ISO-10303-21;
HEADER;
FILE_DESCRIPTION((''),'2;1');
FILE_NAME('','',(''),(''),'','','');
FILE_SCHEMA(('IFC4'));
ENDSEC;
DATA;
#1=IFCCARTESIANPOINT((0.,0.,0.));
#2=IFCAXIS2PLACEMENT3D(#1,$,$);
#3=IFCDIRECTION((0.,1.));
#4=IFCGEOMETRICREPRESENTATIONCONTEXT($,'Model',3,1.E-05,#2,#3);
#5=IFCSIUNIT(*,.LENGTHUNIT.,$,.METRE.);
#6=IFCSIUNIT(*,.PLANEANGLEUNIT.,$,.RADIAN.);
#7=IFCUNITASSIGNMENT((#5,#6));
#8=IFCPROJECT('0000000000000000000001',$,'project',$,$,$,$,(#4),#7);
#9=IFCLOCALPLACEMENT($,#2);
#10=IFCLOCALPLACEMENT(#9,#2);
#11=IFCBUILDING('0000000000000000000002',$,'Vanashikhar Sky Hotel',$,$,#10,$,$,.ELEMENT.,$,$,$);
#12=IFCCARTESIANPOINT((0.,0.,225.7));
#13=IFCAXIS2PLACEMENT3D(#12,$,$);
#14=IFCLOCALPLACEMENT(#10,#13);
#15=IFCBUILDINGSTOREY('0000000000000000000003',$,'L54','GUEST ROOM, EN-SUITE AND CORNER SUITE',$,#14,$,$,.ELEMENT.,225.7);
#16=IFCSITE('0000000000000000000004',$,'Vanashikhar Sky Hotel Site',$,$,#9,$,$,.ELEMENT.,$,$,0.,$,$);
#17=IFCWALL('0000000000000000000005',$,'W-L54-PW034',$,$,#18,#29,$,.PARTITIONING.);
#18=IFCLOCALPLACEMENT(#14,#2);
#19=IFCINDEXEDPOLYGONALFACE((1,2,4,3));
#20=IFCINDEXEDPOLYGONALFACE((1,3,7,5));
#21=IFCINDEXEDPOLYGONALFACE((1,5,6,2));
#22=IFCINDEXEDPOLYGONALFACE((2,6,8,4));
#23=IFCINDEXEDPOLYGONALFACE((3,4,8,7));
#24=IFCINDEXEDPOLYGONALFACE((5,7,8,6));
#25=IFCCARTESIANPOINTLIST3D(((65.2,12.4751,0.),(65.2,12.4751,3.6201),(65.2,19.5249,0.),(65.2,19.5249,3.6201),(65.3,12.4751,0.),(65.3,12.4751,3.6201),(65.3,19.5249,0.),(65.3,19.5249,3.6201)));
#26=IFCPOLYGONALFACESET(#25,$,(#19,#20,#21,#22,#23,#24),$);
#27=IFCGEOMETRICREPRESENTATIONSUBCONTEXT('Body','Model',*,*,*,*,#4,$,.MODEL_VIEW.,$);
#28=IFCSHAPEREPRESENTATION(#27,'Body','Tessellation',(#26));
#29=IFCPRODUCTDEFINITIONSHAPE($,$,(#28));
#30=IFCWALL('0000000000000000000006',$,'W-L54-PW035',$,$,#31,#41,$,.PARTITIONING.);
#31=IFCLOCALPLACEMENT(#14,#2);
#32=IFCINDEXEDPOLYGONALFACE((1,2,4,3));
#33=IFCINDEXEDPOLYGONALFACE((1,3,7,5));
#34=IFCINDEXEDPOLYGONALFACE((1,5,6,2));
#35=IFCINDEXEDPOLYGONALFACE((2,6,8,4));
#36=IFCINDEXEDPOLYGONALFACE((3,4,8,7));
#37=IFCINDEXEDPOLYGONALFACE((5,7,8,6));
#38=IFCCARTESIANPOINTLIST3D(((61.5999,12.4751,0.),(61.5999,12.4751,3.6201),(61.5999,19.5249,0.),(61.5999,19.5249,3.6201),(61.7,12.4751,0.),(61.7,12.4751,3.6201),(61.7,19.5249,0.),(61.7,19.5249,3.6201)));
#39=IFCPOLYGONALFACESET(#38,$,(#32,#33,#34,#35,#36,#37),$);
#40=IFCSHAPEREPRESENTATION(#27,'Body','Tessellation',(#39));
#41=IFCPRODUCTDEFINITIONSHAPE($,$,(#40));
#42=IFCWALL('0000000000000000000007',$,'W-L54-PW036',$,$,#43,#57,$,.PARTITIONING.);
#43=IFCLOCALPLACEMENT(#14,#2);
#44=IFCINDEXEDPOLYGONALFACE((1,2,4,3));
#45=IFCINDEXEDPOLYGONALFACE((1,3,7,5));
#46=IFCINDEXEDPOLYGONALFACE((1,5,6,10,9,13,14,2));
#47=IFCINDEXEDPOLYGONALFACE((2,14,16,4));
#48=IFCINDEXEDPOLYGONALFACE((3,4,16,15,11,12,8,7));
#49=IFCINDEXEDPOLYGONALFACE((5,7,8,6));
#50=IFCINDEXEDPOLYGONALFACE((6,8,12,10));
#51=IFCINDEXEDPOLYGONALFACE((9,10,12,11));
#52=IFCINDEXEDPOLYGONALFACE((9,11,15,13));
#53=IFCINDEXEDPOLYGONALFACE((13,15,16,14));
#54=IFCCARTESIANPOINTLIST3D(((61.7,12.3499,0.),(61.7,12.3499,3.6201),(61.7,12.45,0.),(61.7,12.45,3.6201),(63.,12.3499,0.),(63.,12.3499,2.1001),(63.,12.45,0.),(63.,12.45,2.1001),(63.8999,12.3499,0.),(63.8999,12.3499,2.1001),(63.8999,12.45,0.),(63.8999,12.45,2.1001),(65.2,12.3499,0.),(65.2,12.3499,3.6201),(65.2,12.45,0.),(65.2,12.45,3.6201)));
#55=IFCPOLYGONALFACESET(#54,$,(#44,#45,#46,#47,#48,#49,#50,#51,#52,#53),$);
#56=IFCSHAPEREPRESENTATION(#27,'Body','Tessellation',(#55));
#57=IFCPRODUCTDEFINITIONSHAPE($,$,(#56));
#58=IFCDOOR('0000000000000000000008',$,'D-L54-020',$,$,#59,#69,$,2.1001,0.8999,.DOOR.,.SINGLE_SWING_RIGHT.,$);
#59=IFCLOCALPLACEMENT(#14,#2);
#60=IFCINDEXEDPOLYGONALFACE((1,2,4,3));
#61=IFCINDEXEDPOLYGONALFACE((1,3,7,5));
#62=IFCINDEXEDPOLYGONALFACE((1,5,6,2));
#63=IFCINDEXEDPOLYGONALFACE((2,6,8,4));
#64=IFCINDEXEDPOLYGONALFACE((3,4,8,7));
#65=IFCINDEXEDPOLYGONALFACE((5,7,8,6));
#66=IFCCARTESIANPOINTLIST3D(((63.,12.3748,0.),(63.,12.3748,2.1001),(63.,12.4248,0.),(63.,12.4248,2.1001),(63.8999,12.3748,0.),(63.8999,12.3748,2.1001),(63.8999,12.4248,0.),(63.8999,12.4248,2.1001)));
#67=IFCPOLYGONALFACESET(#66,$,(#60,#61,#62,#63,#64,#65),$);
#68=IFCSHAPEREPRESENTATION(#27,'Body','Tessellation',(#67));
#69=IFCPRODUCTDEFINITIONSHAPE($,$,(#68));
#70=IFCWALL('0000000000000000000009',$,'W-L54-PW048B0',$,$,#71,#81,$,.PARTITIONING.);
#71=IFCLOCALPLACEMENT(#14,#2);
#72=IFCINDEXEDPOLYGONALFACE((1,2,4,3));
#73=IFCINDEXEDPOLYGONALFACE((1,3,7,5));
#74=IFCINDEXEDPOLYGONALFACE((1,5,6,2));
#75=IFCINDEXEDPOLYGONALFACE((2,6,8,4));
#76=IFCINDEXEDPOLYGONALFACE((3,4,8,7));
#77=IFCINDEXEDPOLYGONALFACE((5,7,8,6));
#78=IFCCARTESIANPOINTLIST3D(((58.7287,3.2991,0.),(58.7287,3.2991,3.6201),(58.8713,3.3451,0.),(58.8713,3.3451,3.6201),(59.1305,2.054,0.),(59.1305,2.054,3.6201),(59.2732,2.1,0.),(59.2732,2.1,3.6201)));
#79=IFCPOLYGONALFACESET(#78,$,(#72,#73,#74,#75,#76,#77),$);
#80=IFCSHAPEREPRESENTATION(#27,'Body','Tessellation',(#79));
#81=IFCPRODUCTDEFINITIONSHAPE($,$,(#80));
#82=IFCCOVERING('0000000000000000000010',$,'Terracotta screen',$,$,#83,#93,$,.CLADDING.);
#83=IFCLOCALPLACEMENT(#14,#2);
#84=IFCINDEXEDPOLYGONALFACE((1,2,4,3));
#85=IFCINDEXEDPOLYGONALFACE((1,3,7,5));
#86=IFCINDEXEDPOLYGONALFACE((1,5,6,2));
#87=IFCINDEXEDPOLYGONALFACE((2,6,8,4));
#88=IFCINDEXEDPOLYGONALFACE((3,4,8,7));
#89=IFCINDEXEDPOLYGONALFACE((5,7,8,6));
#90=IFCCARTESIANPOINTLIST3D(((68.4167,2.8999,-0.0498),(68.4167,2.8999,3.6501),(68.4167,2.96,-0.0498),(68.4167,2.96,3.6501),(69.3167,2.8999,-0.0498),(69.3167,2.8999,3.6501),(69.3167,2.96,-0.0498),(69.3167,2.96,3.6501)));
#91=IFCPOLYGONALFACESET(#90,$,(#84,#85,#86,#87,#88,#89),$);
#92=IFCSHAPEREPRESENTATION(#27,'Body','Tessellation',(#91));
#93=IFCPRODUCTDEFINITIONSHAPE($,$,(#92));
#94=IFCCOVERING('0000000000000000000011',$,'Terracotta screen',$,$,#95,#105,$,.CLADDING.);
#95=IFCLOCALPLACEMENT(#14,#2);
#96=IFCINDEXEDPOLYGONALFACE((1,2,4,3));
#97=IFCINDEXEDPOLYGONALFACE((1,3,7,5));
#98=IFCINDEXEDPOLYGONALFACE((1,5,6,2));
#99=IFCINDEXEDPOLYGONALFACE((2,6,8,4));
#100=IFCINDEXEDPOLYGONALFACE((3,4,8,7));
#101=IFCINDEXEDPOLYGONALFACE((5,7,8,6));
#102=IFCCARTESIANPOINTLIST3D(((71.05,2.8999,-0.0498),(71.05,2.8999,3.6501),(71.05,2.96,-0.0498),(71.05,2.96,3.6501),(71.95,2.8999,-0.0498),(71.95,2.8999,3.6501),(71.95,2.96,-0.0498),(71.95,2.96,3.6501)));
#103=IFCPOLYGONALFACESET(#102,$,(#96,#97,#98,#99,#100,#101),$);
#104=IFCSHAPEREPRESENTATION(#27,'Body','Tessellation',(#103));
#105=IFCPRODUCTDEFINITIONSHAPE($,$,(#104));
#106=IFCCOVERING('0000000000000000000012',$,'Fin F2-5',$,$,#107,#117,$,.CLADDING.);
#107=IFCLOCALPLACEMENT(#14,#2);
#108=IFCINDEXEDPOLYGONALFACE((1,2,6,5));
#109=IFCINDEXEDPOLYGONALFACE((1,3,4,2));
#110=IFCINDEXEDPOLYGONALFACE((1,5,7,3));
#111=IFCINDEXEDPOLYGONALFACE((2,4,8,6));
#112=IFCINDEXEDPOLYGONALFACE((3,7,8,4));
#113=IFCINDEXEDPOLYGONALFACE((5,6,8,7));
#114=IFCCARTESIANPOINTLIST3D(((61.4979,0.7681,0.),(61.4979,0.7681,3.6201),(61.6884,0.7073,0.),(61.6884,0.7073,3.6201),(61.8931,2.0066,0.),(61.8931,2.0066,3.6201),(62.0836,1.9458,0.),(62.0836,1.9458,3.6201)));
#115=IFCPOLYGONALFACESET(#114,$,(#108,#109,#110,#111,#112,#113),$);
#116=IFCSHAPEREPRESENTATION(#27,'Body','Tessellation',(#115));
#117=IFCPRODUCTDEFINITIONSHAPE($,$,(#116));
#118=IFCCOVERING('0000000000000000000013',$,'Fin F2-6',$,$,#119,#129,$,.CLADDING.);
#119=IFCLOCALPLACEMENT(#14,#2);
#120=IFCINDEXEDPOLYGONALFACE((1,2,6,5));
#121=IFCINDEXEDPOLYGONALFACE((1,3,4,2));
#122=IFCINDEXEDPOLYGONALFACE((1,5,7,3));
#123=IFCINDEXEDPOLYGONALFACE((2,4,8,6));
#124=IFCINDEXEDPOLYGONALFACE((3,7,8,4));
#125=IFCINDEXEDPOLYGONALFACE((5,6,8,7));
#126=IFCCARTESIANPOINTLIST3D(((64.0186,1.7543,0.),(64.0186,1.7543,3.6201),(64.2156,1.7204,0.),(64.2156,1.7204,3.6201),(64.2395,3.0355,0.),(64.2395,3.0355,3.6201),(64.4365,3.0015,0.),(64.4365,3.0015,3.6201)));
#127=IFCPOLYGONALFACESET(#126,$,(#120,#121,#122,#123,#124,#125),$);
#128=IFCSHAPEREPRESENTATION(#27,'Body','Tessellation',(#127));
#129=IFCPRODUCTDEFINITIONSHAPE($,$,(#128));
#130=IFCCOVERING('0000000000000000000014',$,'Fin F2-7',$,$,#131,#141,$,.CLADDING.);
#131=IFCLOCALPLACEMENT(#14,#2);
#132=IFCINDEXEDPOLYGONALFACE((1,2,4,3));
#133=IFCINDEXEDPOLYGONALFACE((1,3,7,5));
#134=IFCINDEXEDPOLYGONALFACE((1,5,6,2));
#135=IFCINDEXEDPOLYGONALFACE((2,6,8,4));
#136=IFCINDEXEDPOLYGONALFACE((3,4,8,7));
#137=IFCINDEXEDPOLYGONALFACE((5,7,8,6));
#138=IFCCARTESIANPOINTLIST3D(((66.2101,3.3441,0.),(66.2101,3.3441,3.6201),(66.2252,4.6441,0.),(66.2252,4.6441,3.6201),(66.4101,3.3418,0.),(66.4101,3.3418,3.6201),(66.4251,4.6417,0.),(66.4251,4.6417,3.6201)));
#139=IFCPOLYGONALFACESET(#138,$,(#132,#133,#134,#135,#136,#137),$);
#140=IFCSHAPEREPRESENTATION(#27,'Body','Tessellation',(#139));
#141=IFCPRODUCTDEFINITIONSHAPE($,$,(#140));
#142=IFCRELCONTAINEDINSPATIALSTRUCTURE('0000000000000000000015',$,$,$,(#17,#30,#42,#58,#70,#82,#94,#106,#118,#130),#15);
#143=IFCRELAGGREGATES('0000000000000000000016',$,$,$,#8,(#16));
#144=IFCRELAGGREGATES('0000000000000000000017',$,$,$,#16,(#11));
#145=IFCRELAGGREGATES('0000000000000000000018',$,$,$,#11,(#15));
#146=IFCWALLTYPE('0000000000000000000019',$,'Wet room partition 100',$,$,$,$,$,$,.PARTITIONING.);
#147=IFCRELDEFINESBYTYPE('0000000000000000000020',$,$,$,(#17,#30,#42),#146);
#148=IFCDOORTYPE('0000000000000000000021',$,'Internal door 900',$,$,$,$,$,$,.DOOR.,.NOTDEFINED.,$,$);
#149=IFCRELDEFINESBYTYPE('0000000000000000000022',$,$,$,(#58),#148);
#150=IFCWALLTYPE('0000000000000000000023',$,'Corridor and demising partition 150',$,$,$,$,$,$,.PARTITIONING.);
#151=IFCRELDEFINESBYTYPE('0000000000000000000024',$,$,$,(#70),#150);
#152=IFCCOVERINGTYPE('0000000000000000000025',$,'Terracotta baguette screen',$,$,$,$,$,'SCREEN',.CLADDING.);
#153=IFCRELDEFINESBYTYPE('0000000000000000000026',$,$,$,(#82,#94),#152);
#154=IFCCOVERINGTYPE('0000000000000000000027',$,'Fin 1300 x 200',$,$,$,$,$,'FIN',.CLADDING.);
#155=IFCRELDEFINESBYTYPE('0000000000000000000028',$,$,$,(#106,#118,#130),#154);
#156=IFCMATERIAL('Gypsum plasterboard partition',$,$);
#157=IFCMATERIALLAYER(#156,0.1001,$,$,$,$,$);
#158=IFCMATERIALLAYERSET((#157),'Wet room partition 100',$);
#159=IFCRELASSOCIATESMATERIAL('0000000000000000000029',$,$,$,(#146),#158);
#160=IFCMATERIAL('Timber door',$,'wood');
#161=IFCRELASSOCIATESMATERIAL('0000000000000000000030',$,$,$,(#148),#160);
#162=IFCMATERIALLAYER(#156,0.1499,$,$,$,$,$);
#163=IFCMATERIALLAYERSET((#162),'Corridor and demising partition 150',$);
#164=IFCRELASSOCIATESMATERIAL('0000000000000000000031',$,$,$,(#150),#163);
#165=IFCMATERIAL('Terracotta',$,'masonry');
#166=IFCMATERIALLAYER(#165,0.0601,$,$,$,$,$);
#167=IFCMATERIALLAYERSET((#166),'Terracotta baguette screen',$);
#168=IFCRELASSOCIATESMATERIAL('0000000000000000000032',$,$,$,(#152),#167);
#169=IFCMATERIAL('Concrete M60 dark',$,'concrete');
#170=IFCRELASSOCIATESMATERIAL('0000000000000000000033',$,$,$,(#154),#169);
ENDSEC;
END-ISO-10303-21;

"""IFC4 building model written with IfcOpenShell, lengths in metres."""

from ifc_helpers import new_model, si_unit, direction, frame, frame_2d, origin, origin_2d, place, context, subcontext, project, spatial, rectangle, extrude, source, transform, mapped, material, layer, layer_set, material_profile, profile_set, type_object, element, fill, save


model = new_model("IFC4")

# Units and contexts
model_context = context("Model", 3, precision=1e-05, world=origin(), true_north=direction((0.0, 1.0)))
body_context = subcontext(model_context, "Body", "Model", "MODEL_VIEW")
ifc_project = project(units=[si_unit("LENGTHUNIT", "METRE"), si_unit("PLANEANGLEUNIT", "RADIAN")], contexts=[model_context])

# Site, building, storey
site_placement = place(None, origin())
site = spatial("IfcSite", under=ifc_project, at=site_placement, Name="Vanashikhar Sky Hotel Site", CompositionType="ELEMENT", RefElevation=0.0)
building_placement = place(site_placement, origin())
building = spatial("IfcBuilding", under=site, at=building_placement, Name="Vanashikhar Sky Hotel", CompositionType="ELEMENT")
storey_placement = place(building_placement, frame((0.0, 0.0, 225.7)))
storey = spatial("IfcBuildingStorey", under=building, at=storey_placement, Name="L54", Description="GUEST ROOM, EN-SUITE AND CORNER SUITE", CompositionType="ELEMENT", Elevation=225.7)

# Walls
ifc_material_1 = material(Name="Gypsum plasterboard partition")
ifc_layer_1 = layer(ifc_material_1, 0.1001)
ifc_layer_set_1 = layer_set([ifc_layer_1], Name="Wet room partition 100")
wall_type_1 = type_object("IfcWallType", Name="Wet room partition 100", PredefinedType="PARTITIONING", material=ifc_layer_set_1)
shared_shape_1 = source(origin(), body_context, "Body", "SweptSolid", [
    extrude(rectangle(XDim=7.0498, YDim=0.1001, at=frame_2d((3.5249, 0.0))), origin(), (0.0, 0.0, 1.0), 3.6201),
])
for number, where, z_axis, x_axis, name in (
    (1, (65.25, 12.4751, 0.0), (0.0, 0.0, 1.0), (0.0, 1.0, 0.0), "W-L54-PW034"),
    (2, (61.6499, 12.4751, 0.0), (0.0, 0.0, 1.0), (0.0, 1.0, 0.0), "W-L54-PW035"),
):
    element("IfcWall", number, at=place(storey_placement, frame(where, z_axis=z_axis, x_axis=x_axis)), inside=storey, type_object=wall_type_1, Name=name, PredefinedType="PARTITIONING", context=body_context, shape_type="MappedRepresentation", body=[
        mapped(shared_shape_1, transform((0.0, 0.0, 0.0), scale=1.0)),
    ])

# Wall, opening, door
shared_shape_2 = source(origin(), body_context, "Body", "SweptSolid", [
    extrude(rectangle(XDim=3.5, YDim=0.1001, at=frame_2d((1.75, 0.0))), origin(), (0.0, 0.0, 1.0), 3.6201),
])
wall_1_placement = place(storey_placement, frame((61.7, 12.3999, 0.0), z_axis=(0.0, 0.0, 1.0), x_axis=(1.0, 0.0, 0.0)))
wall_1 = element("IfcWall", 3, at=wall_1_placement, inside=storey, type_object=wall_type_1, Name="W-L54-PW036", PredefinedType="PARTITIONING", context=body_context, shape_type="MappedRepresentation", body=[
    mapped(shared_shape_2, transform((0.0, 0.0, 0.0), scale=1.0)),
])
shared_shape_3 = source(origin(), body_context, "Body", "SweptSolid", [
    extrude(rectangle(XDim=0.8999, YDim=2.1001, at=frame_2d((0.45, 1.05))), frame((0.0, 0.0601, 0.0), z_axis=(0.0, -1.0, 0.0), x_axis=(1.0, 0.0, 0.0)), (0.0, 0.0, 1.0), 0.1201),
])
opening_1_placement = place(wall_1_placement, frame((1.3, 0.0, 0.0)))
opening_1 = element("IfcOpeningElement", 4, at=opening_1_placement, cuts=wall_1, PredefinedType="OPENING", context=body_context, shape_type="MappedRepresentation", body=[
    mapped(shared_shape_3, transform((0.0, 0.0, 0.0), scale=1.0)),
])
ifc_material_2 = material(Name="Timber door", Category="wood")
door_type_1 = type_object("IfcDoorType", Name="Internal door 900", OperationType="NOTDEFINED", PredefinedType="DOOR", material=ifc_material_2)
shared_shape_4 = source(origin(), body_context, "Body", "SweptSolid", [
    extrude(rectangle(XDim=0.8999, YDim=2.1001, at=frame_2d((0.45, 1.05))), frame((0.0, 0.0249, 0.0), z_axis=(0.0, -1.0, 0.0), x_axis=(1.0, 0.0, 0.0)), (0.0, 0.0, 1.0), 0.05),
])
door_1_placement = place(opening_1_placement, origin())
door_1 = element("IfcDoor", 5, at=door_1_placement, inside=storey, type_object=door_type_1, Name="D-L54-020", OperationType="SINGLE_SWING_RIGHT", OverallHeight=2.1001, OverallWidth=0.8999, PredefinedType="DOOR", context=body_context, shape_type="MappedRepresentation", body=[
    mapped(shared_shape_4, transform((0.0, 0.0, 0.0), scale=1.0)),
])
fill(opening_1, door_1)

# Wall
ifc_layer_2 = layer(ifc_material_1, 0.1499)
ifc_layer_set_2 = layer_set([ifc_layer_2], Name="Corridor and demising partition 150")
wall_type_2 = type_object("IfcWallType", Name="Corridor and demising partition 150", PredefinedType="PARTITIONING", material=ifc_layer_set_2)
shared_shape_5 = source(origin(), body_context, "Body", "SweptSolid", [
    extrude(rectangle(XDim=1.3083, YDim=0.1499, at=frame_2d((0.6543, 0.0))), origin(), (0.0, 0.0, 1.0), 3.6201),
])
wall_2_placement = place(storey_placement, frame((59.2019, 2.0769, 0.0), z_axis=(0.0, 0.0, 1.0), x_axis=(-0.307145, 0.951663, 0.0)))
element("IfcWall", 6, at=wall_2_placement, inside=storey, type_object=wall_type_2, Name="W-L54-PW048B0", PredefinedType="PARTITIONING", context=body_context, shape_type="MappedRepresentation", body=[
    mapped(shared_shape_5, transform((0.0, 0.0, 0.0), scale=1.0)),
])

# Coverings
ifc_material_3 = material(Name="Terracotta", Category="masonry")
ifc_layer_3 = layer(ifc_material_3, 0.0601)
ifc_layer_set_3 = layer_set([ifc_layer_3], Name="Terracotta baguette screen")
covering_type_1 = type_object("IfcCoveringType", Name="Terracotta baguette screen", ElementType="SCREEN", PredefinedType="CLADDING", material=ifc_layer_set_3)
shared_shape_6 = source(origin(), body_context, "Body", "SweptSolid", [
    extrude(rectangle(XDim=0.8999, YDim=0.0601, at=origin_2d()), origin(), (0.0, 0.0, 1.0), 3.7),
])
for number, where, z_axis, x_axis, name in (
    (7, (68.8667, 2.9299, -0.0498), (0.0, 0.0, 1.0), (1.0, 0.0, 0.0), "Terracotta screen"),
    (8, (71.5, 2.9299, -0.0498), (0.0, 0.0, 1.0), (1.0, 0.0, 0.0), "Terracotta screen"),
):
    element("IfcCovering", number, at=place(storey_placement, frame(where, z_axis=z_axis, x_axis=x_axis)), inside=storey, type_object=covering_type_1, Name=name, PredefinedType="CLADDING", context=body_context, shape_type="MappedRepresentation", body=[
        mapped(shared_shape_6, transform((0.0, 0.0, 0.0), scale=1.0)),
    ])
ifc_material_4 = material(Name="Concrete M60 dark", Category="concrete")
ifc_material_profile_1 = material_profile(ifc_material_4, rectangle(XDim=1.3, YDim=0.2, at=origin_2d()))
ifc_profile_set_1 = profile_set([ifc_material_profile_1], Name="Fin 1300 x 200")
covering_type_2 = type_object("IfcCoveringType", Name="Fin 1300 x 200", ElementType="FIN", PredefinedType="CLADDING", material=ifc_profile_set_1)
shared_shape_7 = source(origin(), body_context, "Body", "SweptSolid", [
    extrude(rectangle(XDim=1.3, YDim=0.2, at=origin_2d()), origin(), (0.0, 0.0, 1.0), 3.6201),
])
for number, where, z_axis, x_axis, name in (
    (9, (61.7908, 1.3569, 0.0), (0.0, 0.0, 1.0), (-0.303967, -0.952683, 0.0), "Fin F2-5"),
    (10, (64.2275, 2.3779, 0.0), (0.0, 0.0, 1.0), (-0.1699, -0.985461, 0.0), "Fin F2-6"),
    (11, (66.3176, 3.9929, 0.0), (0.0, 0.0, 1.0), (-0.011589, -0.999933, 0.0), "Fin F2-7"),
):
    element("IfcCovering", number, at=place(storey_placement, frame(where, z_axis=z_axis, x_axis=x_axis)), inside=storey, type_object=covering_type_2, Name=name, PredefinedType="CLADDING", context=body_context, shape_type="MappedRepresentation", body=[
        mapped(shared_shape_7, transform((0.0, 0.0, 0.0), scale=1.0)),
    ])

save(model, "model.ifc")
